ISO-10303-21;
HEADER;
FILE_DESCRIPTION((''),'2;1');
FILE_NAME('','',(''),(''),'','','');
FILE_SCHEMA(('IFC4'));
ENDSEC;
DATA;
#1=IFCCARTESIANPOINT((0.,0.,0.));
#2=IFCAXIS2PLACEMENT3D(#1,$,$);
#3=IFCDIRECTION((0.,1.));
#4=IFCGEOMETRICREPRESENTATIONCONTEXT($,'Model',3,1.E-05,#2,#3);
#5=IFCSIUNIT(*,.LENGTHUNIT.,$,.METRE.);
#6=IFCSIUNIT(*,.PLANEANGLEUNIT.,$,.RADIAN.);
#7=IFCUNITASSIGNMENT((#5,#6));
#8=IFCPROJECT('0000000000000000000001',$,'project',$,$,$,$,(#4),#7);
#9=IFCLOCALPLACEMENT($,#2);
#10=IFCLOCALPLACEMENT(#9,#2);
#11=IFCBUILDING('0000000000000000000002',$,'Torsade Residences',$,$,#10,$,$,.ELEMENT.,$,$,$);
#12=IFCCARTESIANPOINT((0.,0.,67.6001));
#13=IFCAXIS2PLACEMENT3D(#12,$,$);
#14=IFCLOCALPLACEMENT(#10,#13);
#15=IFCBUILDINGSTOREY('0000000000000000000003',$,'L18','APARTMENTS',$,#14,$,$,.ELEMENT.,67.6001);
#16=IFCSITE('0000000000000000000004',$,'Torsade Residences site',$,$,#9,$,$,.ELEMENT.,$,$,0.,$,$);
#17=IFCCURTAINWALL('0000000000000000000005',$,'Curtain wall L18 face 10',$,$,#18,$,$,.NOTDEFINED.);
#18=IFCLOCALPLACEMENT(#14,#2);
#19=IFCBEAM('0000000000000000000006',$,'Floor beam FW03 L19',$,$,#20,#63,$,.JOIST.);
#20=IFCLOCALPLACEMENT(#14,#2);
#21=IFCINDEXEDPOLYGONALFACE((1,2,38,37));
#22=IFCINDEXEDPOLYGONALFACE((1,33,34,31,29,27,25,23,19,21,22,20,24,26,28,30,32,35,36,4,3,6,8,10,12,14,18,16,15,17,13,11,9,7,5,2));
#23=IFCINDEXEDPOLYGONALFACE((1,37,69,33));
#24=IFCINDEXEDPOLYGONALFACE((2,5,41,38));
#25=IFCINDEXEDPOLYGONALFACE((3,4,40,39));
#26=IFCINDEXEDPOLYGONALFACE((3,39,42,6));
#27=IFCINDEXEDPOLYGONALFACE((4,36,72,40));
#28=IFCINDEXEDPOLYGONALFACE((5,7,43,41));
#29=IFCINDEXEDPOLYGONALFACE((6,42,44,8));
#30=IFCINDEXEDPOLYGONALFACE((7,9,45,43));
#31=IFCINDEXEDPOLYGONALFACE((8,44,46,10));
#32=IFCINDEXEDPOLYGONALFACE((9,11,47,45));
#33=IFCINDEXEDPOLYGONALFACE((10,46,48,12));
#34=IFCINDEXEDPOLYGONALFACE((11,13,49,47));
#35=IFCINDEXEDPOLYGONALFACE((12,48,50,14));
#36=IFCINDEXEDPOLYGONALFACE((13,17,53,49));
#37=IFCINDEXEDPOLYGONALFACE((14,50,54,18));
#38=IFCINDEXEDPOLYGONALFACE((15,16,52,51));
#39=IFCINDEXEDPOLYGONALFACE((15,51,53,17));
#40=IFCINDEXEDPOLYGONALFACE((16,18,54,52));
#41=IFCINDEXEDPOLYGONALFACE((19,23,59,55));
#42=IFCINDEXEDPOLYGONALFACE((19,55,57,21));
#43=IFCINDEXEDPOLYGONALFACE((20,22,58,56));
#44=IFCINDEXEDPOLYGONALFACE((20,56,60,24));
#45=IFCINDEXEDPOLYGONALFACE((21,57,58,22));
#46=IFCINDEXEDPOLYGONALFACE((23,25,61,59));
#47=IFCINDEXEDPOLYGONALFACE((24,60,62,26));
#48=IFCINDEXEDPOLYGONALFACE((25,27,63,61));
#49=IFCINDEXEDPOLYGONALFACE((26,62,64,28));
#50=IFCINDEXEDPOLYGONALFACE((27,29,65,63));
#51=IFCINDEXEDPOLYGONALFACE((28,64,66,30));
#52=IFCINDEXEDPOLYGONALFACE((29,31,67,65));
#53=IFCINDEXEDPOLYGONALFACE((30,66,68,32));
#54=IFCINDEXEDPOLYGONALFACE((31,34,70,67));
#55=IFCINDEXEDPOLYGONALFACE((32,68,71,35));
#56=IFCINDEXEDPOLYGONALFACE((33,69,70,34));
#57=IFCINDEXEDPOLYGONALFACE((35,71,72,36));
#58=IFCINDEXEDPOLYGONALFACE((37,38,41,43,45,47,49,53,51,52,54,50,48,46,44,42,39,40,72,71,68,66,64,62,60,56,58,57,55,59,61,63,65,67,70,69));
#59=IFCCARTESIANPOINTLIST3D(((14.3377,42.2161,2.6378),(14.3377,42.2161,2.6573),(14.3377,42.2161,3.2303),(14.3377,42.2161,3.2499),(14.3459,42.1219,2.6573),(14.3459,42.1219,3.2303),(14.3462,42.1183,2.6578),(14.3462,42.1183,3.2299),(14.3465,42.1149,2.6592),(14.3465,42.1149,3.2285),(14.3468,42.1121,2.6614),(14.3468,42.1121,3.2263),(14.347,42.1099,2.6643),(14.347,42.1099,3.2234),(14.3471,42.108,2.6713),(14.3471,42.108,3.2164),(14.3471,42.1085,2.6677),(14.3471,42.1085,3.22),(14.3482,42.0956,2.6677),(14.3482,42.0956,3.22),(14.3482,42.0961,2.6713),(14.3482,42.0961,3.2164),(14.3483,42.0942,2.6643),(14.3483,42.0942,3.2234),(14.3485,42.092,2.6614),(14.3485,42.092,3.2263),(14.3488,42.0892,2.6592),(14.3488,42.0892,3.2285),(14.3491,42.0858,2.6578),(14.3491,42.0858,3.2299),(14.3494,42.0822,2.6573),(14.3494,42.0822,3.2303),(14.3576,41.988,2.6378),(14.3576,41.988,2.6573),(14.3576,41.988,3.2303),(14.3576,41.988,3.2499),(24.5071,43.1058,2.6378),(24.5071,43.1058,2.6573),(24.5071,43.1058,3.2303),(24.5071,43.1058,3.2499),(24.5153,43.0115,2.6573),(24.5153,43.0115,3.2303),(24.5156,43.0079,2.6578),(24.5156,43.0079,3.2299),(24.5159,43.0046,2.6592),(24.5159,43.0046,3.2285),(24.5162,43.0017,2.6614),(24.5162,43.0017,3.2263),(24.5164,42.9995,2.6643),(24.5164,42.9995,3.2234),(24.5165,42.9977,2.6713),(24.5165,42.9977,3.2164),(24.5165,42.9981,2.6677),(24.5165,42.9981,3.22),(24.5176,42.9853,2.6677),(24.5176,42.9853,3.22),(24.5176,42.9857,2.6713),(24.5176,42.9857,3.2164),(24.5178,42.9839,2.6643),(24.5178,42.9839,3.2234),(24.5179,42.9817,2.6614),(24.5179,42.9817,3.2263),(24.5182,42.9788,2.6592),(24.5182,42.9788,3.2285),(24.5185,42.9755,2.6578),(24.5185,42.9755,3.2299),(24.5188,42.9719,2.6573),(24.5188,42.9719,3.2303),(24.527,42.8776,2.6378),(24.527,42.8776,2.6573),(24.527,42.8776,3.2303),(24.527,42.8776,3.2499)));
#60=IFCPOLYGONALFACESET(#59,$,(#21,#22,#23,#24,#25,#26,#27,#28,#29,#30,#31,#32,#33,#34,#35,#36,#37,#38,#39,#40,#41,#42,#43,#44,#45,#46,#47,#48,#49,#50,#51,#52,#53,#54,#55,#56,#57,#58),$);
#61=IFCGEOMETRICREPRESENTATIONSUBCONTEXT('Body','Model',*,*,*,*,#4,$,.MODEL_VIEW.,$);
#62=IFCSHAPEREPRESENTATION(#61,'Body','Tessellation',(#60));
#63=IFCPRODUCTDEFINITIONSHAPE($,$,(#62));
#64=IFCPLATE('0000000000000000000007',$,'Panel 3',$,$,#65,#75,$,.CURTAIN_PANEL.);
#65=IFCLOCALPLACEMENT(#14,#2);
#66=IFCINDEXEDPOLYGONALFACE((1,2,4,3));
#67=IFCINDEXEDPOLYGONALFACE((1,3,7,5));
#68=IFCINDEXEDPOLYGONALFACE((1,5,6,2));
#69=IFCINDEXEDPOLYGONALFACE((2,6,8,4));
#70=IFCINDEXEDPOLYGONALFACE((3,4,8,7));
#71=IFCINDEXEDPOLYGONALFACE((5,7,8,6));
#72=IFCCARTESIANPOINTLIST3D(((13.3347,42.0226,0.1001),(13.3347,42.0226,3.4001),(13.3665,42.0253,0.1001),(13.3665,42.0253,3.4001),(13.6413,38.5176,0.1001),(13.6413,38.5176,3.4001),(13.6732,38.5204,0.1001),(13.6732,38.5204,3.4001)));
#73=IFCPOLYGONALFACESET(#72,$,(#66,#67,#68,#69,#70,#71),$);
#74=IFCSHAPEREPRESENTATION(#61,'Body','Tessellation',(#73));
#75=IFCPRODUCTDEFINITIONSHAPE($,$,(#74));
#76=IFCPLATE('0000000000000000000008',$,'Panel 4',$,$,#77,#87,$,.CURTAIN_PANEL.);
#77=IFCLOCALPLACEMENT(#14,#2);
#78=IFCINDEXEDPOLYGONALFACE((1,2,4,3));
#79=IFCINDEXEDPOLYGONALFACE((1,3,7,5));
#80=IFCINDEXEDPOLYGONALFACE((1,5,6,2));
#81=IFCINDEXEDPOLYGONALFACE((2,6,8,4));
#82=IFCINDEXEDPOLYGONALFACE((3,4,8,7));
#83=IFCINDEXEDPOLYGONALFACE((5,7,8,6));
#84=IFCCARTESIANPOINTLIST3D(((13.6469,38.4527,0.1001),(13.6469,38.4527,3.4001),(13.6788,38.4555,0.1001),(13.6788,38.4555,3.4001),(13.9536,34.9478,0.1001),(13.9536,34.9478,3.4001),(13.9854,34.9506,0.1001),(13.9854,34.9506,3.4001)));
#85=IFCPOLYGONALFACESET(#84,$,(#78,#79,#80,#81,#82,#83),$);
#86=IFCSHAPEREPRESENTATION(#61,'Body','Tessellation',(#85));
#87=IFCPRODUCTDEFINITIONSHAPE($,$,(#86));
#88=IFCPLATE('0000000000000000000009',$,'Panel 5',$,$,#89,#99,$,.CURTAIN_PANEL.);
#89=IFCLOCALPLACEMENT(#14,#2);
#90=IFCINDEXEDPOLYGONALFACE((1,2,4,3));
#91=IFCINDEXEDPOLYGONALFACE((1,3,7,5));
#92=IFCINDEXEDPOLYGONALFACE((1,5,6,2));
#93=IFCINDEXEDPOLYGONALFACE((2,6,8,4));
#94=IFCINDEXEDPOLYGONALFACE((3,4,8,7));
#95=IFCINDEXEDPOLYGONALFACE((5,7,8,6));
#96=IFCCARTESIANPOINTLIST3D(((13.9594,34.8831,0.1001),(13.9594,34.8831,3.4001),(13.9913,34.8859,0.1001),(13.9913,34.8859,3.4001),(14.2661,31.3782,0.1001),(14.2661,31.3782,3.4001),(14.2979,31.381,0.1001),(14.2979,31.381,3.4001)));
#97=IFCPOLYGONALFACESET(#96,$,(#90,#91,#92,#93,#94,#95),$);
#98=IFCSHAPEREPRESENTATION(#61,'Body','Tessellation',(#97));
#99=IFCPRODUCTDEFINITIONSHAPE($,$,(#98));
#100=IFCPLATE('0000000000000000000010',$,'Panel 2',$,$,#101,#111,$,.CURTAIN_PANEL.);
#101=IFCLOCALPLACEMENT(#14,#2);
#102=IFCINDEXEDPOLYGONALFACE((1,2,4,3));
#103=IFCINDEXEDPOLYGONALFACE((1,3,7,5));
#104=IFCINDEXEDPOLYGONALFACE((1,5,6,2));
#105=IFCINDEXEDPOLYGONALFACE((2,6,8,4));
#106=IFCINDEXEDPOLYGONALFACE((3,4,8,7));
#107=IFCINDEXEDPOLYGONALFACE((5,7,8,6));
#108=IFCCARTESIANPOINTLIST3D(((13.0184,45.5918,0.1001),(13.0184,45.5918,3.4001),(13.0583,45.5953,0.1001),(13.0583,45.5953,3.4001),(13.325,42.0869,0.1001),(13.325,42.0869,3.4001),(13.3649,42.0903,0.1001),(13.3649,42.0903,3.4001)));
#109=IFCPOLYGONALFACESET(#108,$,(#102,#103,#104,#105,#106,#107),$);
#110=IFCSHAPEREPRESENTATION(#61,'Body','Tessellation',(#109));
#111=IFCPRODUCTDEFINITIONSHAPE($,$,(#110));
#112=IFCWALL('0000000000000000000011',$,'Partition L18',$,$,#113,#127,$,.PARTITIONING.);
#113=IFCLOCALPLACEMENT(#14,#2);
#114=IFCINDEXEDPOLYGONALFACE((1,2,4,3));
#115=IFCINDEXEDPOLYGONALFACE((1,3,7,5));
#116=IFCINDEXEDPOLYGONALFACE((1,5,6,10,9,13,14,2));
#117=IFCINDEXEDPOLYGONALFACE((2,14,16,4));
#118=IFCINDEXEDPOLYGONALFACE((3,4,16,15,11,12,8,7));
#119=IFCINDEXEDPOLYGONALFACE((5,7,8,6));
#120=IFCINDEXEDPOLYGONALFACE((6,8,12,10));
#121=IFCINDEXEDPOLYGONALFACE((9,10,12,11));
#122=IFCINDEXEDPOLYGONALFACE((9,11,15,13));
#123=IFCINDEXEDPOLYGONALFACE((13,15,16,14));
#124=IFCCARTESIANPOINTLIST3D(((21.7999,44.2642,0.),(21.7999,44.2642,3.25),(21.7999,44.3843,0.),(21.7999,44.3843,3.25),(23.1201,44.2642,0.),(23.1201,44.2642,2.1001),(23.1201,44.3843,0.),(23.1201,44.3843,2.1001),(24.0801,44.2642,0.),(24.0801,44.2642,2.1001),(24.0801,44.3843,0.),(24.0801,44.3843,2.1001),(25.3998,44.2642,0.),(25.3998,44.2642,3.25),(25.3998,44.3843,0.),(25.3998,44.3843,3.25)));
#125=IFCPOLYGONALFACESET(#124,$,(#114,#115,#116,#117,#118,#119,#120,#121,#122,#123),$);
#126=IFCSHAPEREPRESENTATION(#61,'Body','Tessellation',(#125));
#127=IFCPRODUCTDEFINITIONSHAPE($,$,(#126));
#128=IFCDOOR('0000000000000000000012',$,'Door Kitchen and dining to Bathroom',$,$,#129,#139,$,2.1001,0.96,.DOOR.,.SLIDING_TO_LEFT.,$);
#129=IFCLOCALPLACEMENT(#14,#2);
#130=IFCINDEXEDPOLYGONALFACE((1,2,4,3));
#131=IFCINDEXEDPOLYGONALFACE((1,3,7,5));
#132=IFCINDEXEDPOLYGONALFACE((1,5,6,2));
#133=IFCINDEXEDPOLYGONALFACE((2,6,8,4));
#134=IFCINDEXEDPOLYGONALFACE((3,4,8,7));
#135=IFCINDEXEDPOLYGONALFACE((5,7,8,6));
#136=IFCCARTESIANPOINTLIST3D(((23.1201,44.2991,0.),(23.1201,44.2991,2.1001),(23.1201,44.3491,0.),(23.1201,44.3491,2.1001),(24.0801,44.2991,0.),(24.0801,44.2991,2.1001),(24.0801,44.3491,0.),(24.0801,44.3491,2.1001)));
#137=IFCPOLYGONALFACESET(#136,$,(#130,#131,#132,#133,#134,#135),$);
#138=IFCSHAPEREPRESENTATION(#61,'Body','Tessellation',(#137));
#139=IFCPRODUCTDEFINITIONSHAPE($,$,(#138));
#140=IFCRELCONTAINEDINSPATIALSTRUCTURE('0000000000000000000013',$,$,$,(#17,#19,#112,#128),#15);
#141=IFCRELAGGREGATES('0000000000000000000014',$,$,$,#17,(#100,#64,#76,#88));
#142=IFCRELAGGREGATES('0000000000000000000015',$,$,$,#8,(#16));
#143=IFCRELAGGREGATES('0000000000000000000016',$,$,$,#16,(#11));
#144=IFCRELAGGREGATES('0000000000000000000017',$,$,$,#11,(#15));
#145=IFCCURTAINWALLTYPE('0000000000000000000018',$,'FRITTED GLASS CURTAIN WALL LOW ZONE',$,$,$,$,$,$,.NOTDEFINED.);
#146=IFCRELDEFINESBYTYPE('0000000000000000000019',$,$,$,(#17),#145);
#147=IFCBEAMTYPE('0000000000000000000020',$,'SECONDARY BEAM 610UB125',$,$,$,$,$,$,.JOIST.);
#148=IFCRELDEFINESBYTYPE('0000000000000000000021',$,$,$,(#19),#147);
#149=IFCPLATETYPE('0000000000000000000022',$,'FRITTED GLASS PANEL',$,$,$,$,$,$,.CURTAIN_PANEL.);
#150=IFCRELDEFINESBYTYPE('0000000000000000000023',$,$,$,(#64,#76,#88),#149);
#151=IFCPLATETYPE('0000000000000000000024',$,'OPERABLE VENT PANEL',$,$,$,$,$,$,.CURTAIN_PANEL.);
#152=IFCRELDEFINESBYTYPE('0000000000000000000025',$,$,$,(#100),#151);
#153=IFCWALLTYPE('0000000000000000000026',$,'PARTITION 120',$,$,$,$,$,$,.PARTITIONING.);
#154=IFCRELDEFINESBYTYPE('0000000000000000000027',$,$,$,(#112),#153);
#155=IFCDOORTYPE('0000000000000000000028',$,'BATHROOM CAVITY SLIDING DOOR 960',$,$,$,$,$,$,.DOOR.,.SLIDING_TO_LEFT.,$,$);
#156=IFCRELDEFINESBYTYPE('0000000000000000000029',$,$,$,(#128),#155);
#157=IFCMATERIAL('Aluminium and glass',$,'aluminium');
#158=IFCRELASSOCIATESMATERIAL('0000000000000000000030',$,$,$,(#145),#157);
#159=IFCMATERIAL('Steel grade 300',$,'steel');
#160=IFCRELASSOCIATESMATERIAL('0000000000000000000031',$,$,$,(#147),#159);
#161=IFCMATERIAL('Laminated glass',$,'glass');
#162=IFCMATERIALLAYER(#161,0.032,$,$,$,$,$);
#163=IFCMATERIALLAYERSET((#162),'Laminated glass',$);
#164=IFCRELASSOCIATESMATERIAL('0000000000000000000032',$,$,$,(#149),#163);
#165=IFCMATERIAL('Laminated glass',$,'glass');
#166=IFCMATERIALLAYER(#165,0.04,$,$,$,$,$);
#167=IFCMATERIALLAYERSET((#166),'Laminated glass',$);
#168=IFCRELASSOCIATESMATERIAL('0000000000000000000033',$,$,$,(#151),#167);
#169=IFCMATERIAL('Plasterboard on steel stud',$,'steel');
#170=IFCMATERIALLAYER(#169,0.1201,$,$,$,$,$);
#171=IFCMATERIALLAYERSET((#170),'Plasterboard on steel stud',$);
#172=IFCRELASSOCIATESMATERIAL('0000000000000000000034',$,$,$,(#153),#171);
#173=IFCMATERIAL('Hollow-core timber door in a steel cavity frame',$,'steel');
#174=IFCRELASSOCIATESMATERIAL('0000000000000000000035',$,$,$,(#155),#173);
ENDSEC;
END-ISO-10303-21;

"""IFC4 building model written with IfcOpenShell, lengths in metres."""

from ifc_helpers import new_model, si_unit, direction, frame, frame_2d, origin, origin_2d, place, context, subcontext, project, spatial, rectangle, i_section, extrude, material, layer, layer_set, material_profile, profile_set, type_object, element, fill, aggregate, save


model = new_model("IFC4")

# Units and contexts
model_context = context("Model", 3, precision=1e-05, world=origin(), true_north=direction((0.0, 1.0)))
body_context = subcontext(model_context, "Body", "Model", "MODEL_VIEW")
ifc_project = project(units=[si_unit("LENGTHUNIT", "METRE"), si_unit("PLANEANGLEUNIT", "RADIAN")], contexts=[model_context])

# Site, building, storey
site_placement = place(None, origin())
site = spatial("IfcSite", under=ifc_project, at=site_placement, Name="Torsade Residences site", CompositionType="ELEMENT", RefElevation=0.0)
building_placement = place(site_placement, origin())
building = spatial("IfcBuilding", under=site, at=building_placement, Name="Torsade Residences", CompositionType="ELEMENT")
storey_placement = place(building_placement, frame((0.0, 0.0, 67.6001)))
storey = spatial("IfcBuildingStorey", under=building, at=storey_placement, Name="L18", Description="APARTMENTS", CompositionType="ELEMENT", Elevation=67.6001)

# Curtain wall
ifc_material_1 = material(Name="Aluminium and glass", Category="aluminium")
curtain_wall_type = type_object("IfcCurtainWallType", Name="FRITTED GLASS CURTAIN WALL LOW ZONE", PredefinedType="NOTDEFINED", material=ifc_material_1)
curtain_wall_placement = place(storey_placement, origin())
curtain_wall = element("IfcCurtainWall", 1, at=curtain_wall_placement, inside=storey, type_object=curtain_wall_type, Name="Curtain wall L18 face 10", PredefinedType="NOTDEFINED")

# Beam
ifc_material_2 = material(Name="Steel grade 300", Category="steel")
ifc_material_profile_1 = material_profile(ifc_material_2, i_section(OverallWidth=0.229, OverallDepth=0.6121, WebThickness=0.012, FlangeThickness=0.0195, FilletRadius=0.0139, at=origin_2d()), Name="610UB125")
ifc_profile_set_1 = profile_set([ifc_material_profile_1], Name="Steel grade 300")
beam_type_1 = type_object("IfcBeamType", Name="SECONDARY BEAM 610UB125", PredefinedType="JOIST", material=ifc_profile_set_1)
beam_1_placement = place(storey_placement, frame((14.3477, 42.1021, 2.9438), z_axis=(0.996195, 0.08715, 0.0), x_axis=(-0.08715, 0.996195, 0.0)))
element("IfcBeam", 2, at=beam_1_placement, inside=storey, type_object=beam_type_1, Name="Floor beam FW03 L19", PredefinedType="JOIST", context=body_context, shape_type="SweptSolid", body=[
    extrude(i_section(OverallWidth=0.229, OverallDepth=0.6121, WebThickness=0.012, FlangeThickness=0.0195, FilletRadius=0.0139, at=origin_2d()), origin(), (0.0, 0.0, 1.0), 10.2083),
])

# Plates
ifc_material_3 = material(Name="Laminated glass", Category="glass")
ifc_layer_1 = layer(ifc_material_3, 0.032)
ifc_layer_set_1 = layer_set([ifc_layer_1], Name="Laminated glass")
plate_type_1 = type_object("IfcPlateType", Name="FRITTED GLASS PANEL", PredefinedType="CURTAIN_PANEL", material=ifc_layer_set_1)
plate_1_placement = place(storey_placement, frame((13.5039, 40.2715, 0.1001), z_axis=(0.0, 0.0, 1.0), x_axis=(0.087156, -0.996195, 0.0)))
plate_1 = element("IfcPlate", 3, at=plate_1_placement, type_object=plate_type_1, Name="Panel 3", PredefinedType="CURTAIN_PANEL", context=body_context, shape_type="SweptSolid", body=[
    extrude(rectangle(XDim=3.5183, YDim=0.032, at=origin_2d()), origin(), (0.0, 0.0, 1.0), 3.3),
])
plate_2_placement = place(storey_placement, frame((13.8162, 36.7017, 0.1001), z_axis=(0.0, 0.0, 1.0), x_axis=(0.087156, -0.996195, 0.0)))
plate_2 = element("IfcPlate", 4, at=plate_2_placement, type_object=plate_type_1, Name="Panel 4", PredefinedType="CURTAIN_PANEL", context=body_context, shape_type="SweptSolid", body=[
    extrude(rectangle(XDim=3.5183, YDim=0.032, at=origin_2d()), origin(), (0.0, 0.0, 1.0), 3.3),
])
plate_3_placement = place(storey_placement, frame((14.1287, 33.1321, 0.1001), z_axis=(0.0, 0.0, 1.0), x_axis=(0.087156, -0.996195, 0.0)))
plate_3 = element("IfcPlate", 5, at=plate_3_placement, type_object=plate_type_1, Name="Panel 5", PredefinedType="CURTAIN_PANEL", context=body_context, shape_type="SweptSolid", body=[
    extrude(rectangle(XDim=3.5183, YDim=0.032, at=origin_2d()), origin(), (0.0, 0.0, 1.0), 3.3),
])
ifc_material_4 = material(Name="Laminated glass", Category="glass")
ifc_layer_2 = layer(ifc_material_4, 0.04)
ifc_layer_set_2 = layer_set([ifc_layer_2], Name="Laminated glass")
plate_type_2 = type_object("IfcPlateType", Name="OPERABLE VENT PANEL", PredefinedType="CURTAIN_PANEL", material=ifc_layer_set_2)
plate_4_placement = place(storey_placement, frame((13.1917, 43.8411, 0.1001), z_axis=(0.0, 0.0, 1.0), x_axis=(0.087156, -0.996195, 0.0)))
plate_4 = element("IfcPlate", 6, at=plate_4_placement, type_object=plate_type_2, Name="Panel 2", PredefinedType="CURTAIN_PANEL", context=body_context, shape_type="SweptSolid", body=[
    extrude(rectangle(XDim=3.5183, YDim=0.04, at=origin_2d()), origin(), (0.0, 0.0, 1.0), 3.3),
])
aggregate(curtain_wall, [plate_4, plate_1, plate_2, plate_3])

# Wall, opening, door
ifc_material_5 = material(Name="Plasterboard on steel stud", Category="steel")
ifc_layer_3 = layer(ifc_material_5, 0.1201)
ifc_layer_set_3 = layer_set([ifc_layer_3], Name="Plasterboard on steel stud")
wall_type_1 = type_object("IfcWallType", Name="PARTITION 120", PredefinedType="PARTITIONING", material=ifc_layer_set_3)
wall_1_placement = place(storey_placement, frame((21.8, 44.3242, 0.0), z_axis=(0.0, 0.0, 1.0), x_axis=(1.0, 0.0, 0.0)))
wall_1 = element("IfcWall", 7, at=wall_1_placement, inside=storey, type_object=wall_type_1, Name="Partition L18", PredefinedType="PARTITIONING", context=body_context, shape_type="SweptSolid", body=[
    extrude(rectangle(XDim=3.5999, YDim=0.1201, at=frame_2d((1.7998, 0.0))), origin(), (0.0, 0.0, 1.0), 3.25),
])
opening_1_placement = place(wall_1_placement, frame((1.3201, 0.0, 0.0)))
opening_1 = element("IfcOpeningElement", 8, at=opening_1_placement, cuts=wall_1, PredefinedType="OPENING", context=body_context, shape_type="SweptSolid", body=[
    extrude(rectangle(XDim=0.96, YDim=2.1001, at=frame_2d((0.48, 1.05))), frame((0.0, 0.0701, 0.0), z_axis=(0.0, -1.0, 0.0), x_axis=(1.0, 0.0, 0.0)), (0.0, 0.0, 1.0), 0.1401),
])
ifc_material_6 = material(Name="Hollow-core timber door in a steel cavity frame", Category="steel")
door_type_1 = type_object("IfcDoorType", Name="BATHROOM CAVITY SLIDING DOOR 960", OperationType="SLIDING_TO_LEFT", PredefinedType="DOOR", material=ifc_material_6)
door_1_placement = place(opening_1_placement, origin())
door_1 = element("IfcDoor", 9, at=door_1_placement, inside=storey, type_object=door_type_1, Name="Door Kitchen and dining to Bathroom", OperationType="SLIDING_TO_LEFT", OverallHeight=2.1001, OverallWidth=0.96, PredefinedType="DOOR", context=body_context, shape_type="SweptSolid", body=[
    extrude(rectangle(XDim=0.96, YDim=2.1001, at=frame_2d((0.48, 1.05))), frame((0.0, 0.0249, 0.0), z_axis=(0.0, -1.0, 0.0), x_axis=(1.0, 0.0, 0.0)), (0.0, 0.0, 1.0), 0.05),
])
fill(opening_1, door_1)

save(model, "model.ifc")
